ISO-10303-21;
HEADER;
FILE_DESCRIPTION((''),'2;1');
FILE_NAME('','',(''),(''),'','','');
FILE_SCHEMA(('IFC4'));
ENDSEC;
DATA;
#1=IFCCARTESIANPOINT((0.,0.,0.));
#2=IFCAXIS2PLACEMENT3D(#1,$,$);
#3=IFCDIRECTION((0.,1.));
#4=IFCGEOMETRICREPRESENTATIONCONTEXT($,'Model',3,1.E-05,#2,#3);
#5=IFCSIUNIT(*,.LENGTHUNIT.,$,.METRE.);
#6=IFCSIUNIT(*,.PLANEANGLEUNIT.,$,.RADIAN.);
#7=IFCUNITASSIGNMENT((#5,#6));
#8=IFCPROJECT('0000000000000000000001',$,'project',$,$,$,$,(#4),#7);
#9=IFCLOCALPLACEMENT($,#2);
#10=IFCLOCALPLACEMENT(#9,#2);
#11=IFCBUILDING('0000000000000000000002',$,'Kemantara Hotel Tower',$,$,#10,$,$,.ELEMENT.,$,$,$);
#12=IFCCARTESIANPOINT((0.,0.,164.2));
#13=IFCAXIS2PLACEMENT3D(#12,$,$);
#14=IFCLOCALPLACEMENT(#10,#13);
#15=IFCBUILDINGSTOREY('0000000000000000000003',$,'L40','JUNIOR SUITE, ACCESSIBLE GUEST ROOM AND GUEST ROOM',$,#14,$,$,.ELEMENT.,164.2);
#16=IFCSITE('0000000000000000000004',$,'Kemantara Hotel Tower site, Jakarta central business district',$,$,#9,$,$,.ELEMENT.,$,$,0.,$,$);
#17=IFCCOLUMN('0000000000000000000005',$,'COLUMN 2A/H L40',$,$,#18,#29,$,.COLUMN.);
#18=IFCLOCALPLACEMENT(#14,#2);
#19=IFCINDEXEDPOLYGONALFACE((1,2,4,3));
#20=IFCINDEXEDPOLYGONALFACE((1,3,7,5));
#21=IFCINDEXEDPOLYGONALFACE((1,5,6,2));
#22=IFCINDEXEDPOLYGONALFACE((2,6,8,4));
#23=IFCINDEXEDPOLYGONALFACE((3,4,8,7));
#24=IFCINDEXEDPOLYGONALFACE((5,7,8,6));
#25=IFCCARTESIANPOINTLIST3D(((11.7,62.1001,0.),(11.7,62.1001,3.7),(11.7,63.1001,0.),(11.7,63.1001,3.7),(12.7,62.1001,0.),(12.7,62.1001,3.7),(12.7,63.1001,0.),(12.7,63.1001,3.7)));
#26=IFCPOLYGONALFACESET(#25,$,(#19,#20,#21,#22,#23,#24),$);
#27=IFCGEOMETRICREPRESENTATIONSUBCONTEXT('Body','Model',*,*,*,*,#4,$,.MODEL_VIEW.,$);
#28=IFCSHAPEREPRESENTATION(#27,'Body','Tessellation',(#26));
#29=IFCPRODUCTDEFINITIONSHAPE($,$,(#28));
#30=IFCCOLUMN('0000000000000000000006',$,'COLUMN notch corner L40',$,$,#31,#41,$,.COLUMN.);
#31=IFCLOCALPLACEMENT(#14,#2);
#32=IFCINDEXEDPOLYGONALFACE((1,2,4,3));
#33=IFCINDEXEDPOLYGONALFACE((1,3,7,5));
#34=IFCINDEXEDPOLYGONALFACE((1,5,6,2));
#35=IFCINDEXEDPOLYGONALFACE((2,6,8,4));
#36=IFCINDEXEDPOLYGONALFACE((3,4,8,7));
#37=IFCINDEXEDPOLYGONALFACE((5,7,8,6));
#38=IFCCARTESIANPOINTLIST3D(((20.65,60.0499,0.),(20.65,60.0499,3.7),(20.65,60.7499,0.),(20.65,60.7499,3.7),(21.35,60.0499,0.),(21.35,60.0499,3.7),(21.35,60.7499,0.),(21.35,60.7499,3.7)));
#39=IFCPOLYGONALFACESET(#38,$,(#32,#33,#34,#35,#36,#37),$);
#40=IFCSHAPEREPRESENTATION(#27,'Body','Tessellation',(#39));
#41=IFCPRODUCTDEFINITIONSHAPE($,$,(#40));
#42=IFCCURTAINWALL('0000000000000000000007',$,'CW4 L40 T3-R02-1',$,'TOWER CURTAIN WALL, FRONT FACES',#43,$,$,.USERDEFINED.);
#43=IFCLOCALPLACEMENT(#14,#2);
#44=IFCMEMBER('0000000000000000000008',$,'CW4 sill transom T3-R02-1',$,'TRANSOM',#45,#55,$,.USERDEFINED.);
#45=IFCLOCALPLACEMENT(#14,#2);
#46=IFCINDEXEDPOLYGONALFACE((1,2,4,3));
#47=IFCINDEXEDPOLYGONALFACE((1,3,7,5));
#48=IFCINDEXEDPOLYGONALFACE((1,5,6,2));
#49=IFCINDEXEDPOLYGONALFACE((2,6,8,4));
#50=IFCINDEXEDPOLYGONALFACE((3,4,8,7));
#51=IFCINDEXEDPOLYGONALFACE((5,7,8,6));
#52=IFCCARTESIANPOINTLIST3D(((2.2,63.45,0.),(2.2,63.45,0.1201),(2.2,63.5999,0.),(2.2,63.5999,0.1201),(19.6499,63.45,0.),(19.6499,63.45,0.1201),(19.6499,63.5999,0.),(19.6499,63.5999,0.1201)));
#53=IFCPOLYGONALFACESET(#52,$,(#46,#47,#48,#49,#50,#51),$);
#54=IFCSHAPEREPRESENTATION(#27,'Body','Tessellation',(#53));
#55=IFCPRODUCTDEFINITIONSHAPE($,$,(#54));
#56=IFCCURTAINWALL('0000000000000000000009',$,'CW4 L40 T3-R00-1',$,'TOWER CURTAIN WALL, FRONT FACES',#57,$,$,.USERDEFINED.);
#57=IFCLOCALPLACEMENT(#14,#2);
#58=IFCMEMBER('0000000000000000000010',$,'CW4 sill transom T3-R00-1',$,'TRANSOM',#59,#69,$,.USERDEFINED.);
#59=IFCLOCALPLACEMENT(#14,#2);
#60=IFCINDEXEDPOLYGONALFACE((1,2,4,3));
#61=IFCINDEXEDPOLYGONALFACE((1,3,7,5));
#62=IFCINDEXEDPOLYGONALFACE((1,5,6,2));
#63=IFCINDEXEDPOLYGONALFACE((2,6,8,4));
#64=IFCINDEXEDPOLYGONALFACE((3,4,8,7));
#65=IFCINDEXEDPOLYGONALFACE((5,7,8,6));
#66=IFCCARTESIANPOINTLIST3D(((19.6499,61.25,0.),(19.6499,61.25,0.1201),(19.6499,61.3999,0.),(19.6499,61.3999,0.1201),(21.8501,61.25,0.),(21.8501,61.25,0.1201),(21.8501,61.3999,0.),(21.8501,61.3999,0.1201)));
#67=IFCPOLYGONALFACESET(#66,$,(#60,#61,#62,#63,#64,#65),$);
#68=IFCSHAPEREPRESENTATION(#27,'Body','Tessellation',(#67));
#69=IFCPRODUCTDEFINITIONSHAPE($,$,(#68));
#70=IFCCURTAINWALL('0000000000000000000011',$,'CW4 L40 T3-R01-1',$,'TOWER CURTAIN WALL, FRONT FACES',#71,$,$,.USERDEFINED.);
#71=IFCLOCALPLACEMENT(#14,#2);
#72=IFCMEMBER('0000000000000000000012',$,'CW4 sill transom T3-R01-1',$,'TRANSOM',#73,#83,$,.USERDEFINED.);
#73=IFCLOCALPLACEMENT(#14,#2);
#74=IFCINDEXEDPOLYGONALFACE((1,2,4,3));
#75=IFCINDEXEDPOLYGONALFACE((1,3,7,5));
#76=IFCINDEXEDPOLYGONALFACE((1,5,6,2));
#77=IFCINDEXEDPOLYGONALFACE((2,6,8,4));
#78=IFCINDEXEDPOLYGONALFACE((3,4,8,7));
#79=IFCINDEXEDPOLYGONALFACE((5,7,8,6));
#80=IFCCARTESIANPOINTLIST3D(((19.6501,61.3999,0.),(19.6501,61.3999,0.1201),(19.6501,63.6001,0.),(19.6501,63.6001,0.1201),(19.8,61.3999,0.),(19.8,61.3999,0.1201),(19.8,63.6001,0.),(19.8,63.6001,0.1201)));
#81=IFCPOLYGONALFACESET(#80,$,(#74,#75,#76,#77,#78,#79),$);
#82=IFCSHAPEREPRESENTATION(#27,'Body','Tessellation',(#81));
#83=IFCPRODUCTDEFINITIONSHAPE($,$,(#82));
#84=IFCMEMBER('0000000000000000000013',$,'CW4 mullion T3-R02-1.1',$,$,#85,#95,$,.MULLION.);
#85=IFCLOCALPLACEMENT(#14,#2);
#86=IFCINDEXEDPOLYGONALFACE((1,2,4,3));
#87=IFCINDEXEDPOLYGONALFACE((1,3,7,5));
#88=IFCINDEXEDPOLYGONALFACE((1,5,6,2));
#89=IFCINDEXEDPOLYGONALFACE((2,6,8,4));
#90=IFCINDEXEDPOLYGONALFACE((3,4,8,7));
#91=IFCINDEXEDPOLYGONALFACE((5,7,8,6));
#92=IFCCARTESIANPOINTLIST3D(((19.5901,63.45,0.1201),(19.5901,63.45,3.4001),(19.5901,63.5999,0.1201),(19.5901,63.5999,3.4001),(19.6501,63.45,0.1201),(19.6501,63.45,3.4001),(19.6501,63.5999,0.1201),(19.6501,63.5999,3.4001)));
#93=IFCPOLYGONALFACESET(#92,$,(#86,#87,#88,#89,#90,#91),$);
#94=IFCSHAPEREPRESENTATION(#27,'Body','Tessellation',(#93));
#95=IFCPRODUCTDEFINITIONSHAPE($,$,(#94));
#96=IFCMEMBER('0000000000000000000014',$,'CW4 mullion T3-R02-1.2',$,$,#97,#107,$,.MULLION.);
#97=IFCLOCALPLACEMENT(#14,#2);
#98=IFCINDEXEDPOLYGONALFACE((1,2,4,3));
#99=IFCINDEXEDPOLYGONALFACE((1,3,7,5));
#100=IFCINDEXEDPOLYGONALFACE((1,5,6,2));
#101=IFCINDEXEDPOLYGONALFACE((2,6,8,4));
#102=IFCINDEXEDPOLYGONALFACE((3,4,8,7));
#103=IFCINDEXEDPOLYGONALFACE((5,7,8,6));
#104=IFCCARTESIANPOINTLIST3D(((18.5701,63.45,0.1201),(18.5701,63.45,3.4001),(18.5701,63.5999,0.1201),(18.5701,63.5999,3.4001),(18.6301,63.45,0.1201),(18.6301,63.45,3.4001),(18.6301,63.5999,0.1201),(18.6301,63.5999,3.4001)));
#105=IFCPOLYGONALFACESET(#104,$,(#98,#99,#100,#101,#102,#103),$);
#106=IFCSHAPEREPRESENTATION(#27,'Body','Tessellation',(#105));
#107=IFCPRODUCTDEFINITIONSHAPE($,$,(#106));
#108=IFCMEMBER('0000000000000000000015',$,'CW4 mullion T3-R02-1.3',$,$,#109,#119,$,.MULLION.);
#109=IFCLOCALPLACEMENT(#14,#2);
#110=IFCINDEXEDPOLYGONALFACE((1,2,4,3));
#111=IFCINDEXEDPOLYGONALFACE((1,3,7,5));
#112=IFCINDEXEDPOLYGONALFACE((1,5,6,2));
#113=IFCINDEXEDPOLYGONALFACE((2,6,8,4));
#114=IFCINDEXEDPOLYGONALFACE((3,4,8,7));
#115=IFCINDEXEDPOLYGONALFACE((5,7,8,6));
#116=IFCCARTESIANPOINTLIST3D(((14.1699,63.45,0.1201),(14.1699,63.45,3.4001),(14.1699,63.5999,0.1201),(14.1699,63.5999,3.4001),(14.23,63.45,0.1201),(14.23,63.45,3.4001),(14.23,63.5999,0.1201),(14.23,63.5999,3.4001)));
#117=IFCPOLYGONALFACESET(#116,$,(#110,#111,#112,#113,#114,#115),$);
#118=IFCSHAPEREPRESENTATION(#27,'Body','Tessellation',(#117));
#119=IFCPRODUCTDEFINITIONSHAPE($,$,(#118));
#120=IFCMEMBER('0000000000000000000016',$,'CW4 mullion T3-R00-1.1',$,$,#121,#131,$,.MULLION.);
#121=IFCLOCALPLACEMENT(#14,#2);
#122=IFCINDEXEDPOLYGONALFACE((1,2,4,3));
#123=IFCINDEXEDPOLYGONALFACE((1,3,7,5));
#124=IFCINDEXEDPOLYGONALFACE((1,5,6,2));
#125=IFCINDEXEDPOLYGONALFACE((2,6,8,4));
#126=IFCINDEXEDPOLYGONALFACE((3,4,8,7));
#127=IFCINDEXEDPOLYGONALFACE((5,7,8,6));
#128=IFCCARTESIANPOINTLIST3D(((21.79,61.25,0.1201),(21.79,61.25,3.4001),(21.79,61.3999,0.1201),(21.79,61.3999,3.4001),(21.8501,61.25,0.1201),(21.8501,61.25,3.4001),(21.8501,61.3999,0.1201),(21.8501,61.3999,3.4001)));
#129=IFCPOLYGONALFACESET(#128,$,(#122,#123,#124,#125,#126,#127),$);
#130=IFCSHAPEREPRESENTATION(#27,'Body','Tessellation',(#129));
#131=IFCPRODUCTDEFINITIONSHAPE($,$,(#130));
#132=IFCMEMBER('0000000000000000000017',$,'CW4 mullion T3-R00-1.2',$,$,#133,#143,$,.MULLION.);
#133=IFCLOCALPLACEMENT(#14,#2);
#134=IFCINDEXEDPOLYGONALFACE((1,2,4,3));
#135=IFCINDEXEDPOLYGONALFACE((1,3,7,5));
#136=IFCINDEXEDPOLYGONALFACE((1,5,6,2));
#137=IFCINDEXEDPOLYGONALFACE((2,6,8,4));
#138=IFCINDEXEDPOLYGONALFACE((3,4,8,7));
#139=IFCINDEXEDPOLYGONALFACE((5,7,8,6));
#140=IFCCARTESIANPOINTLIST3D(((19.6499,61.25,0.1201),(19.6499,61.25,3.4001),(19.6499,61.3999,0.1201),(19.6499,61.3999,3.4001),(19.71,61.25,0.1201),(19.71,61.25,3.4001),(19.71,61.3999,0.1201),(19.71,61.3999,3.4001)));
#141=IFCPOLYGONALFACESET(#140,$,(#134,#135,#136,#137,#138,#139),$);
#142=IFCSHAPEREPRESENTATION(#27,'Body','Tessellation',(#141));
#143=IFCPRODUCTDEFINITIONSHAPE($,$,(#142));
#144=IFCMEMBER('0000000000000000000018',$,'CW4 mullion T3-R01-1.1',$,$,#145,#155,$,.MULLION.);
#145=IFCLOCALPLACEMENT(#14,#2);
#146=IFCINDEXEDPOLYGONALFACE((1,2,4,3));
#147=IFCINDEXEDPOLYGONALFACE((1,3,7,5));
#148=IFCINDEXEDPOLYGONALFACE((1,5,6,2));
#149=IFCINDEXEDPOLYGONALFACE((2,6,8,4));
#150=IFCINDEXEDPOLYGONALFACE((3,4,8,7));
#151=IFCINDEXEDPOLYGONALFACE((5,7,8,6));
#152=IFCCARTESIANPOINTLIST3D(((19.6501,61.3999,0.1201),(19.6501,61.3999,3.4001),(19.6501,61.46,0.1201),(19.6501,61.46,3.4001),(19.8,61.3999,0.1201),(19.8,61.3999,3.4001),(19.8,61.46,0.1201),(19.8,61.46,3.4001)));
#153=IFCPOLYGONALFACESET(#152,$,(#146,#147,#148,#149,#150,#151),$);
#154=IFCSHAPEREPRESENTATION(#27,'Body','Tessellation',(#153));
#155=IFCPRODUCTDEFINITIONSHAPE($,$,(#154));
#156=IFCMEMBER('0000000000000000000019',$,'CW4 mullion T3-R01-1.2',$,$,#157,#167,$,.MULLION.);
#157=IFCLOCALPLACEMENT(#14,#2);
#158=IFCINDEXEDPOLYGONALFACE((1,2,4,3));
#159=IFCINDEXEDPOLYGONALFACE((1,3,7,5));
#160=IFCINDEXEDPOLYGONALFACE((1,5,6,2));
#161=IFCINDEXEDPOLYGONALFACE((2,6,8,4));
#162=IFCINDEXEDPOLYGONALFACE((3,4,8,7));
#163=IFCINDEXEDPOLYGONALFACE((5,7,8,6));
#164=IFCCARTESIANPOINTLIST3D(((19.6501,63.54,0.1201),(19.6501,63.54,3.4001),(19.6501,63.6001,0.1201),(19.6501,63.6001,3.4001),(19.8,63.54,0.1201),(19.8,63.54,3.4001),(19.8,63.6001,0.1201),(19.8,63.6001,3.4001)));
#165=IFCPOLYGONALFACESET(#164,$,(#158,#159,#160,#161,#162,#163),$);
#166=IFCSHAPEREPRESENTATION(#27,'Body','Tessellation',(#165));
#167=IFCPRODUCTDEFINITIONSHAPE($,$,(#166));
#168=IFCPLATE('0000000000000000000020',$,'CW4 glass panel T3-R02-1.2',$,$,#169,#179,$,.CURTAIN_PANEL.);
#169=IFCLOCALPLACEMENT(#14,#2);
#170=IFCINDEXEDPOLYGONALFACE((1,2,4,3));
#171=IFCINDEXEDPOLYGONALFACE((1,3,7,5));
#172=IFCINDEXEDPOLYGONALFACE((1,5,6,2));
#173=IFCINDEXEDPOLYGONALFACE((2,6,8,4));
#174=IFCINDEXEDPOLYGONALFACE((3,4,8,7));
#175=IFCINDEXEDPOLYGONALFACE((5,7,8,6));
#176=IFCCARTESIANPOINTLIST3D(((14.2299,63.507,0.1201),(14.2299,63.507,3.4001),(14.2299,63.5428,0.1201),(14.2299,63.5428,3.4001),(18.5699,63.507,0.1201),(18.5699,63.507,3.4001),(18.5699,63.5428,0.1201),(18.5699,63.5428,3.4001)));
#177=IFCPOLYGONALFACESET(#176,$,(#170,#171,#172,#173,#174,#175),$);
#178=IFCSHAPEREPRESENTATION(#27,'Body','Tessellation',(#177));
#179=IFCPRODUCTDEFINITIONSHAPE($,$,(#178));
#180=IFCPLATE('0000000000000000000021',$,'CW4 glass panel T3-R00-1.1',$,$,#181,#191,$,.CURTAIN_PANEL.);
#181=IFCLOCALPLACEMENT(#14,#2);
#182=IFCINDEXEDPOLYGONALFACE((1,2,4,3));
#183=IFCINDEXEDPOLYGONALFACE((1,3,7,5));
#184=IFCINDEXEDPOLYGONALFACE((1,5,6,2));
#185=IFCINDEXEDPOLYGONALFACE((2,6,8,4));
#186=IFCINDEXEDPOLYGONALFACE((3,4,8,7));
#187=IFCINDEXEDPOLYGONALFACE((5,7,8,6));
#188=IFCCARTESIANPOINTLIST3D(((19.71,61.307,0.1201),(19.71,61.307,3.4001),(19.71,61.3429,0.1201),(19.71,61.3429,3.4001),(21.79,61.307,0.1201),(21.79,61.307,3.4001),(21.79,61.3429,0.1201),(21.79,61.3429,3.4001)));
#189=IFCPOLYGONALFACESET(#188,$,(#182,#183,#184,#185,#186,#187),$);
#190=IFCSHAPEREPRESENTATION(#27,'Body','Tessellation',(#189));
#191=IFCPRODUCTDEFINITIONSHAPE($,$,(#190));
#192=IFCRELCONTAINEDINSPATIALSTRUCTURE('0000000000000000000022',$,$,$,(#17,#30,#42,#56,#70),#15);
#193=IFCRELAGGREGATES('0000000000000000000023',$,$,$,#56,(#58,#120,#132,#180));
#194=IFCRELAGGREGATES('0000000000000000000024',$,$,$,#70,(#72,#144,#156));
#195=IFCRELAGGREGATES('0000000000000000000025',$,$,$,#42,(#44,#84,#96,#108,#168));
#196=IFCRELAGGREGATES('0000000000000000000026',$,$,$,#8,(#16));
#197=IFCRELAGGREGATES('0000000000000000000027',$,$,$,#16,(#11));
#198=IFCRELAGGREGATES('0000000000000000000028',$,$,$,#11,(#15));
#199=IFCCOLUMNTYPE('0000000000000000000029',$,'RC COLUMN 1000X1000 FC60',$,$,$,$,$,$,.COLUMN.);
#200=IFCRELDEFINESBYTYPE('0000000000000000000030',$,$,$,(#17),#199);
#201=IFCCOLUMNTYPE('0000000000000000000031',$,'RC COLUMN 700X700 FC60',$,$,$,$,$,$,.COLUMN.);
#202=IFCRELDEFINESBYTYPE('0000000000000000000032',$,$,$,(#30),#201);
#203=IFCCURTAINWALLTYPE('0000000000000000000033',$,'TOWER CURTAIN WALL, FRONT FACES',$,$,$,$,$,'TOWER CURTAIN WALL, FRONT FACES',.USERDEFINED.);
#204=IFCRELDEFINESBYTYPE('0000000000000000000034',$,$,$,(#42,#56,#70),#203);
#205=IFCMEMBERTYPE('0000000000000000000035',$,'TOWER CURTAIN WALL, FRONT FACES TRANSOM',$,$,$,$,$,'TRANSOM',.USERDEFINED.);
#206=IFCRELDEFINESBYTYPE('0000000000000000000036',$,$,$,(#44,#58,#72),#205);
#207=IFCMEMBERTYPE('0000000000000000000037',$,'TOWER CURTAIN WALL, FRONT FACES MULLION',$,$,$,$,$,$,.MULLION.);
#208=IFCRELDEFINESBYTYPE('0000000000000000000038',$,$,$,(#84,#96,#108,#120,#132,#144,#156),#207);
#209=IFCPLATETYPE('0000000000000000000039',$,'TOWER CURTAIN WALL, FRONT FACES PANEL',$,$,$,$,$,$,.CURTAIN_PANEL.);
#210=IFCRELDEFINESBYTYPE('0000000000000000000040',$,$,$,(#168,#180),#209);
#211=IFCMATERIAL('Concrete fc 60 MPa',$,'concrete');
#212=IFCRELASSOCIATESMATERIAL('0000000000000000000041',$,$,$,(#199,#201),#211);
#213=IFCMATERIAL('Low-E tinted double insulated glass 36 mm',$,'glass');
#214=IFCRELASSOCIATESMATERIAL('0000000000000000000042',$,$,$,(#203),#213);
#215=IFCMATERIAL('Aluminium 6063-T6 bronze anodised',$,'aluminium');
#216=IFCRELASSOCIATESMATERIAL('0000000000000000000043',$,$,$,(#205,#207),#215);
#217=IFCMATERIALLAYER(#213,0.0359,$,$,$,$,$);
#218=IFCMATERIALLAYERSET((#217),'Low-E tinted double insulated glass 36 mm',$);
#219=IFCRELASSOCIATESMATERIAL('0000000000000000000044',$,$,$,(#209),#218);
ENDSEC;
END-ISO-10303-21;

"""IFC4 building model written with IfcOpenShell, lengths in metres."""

from ifc_helpers import new_model, si_unit, direction, frame, origin, origin_2d, place, context, subcontext, project, spatial, rectangle, extrude, source, transform, mapped, material, layer, layer_set, material_profile, profile_set, type_object, element, aggregate, save


model = new_model("IFC4")

# Units and contexts
model_context = context("Model", 3, precision=1e-05, world=origin(), true_north=direction((0.0, 1.0)))
body_context = subcontext(model_context, "Body", "Model", "MODEL_VIEW")
ifc_project = project(units=[si_unit("LENGTHUNIT", "METRE"), si_unit("PLANEANGLEUNIT", "RADIAN")], contexts=[model_context])

# Site, building, storey
site_placement = place(None, origin())
site = spatial("IfcSite", under=ifc_project, at=site_placement, Name="Kemantara Hotel Tower site, Jakarta central business district", CompositionType="ELEMENT", RefElevation=0.0)
building_placement = place(site_placement, origin())
building = spatial("IfcBuilding", under=site, at=building_placement, Name="Kemantara Hotel Tower", CompositionType="ELEMENT")
storey_placement = place(building_placement, frame((0.0, 0.0, 164.2)))
storey = spatial("IfcBuildingStorey", under=building, at=storey_placement, Name="L40", Description="JUNIOR SUITE, ACCESSIBLE GUEST ROOM AND GUEST ROOM", CompositionType="ELEMENT", Elevation=164.2)

# Columns
ifc_material_1 = material(Name="Concrete fc 60 MPa", Category="concrete")
ifc_material_profile_1 = material_profile(ifc_material_1, rectangle(XDim=1.0, YDim=1.0, at=origin_2d()), Name="RC 1000X1000")
ifc_profile_set_1 = profile_set([ifc_material_profile_1], Name="Concrete fc 60 MPa")
column_type_1 = type_object("IfcColumnType", Name="RC COLUMN 1000X1000 FC60", PredefinedType="COLUMN", material=ifc_profile_set_1)
column_1_placement = place(storey_placement, frame((12.2, 62.6001, 0.0), z_axis=(0.0, 0.0, 1.0), x_axis=(1.0, 0.0, 0.0)))
element("IfcColumn", 1, at=column_1_placement, inside=storey, type_object=column_type_1, Name="COLUMN 2A/H L40", PredefinedType="COLUMN", context=body_context, shape_type="SweptSolid", body=[
    extrude(rectangle(XDim=1.0, YDim=1.0, at=origin_2d()), origin(), (0.0, 0.0, 1.0), 3.7),
])
ifc_material_profile_2 = material_profile(ifc_material_1, rectangle(XDim=0.7, YDim=0.7, at=origin_2d()), Name="RC 700X700")
ifc_profile_set_2 = profile_set([ifc_material_profile_2], Name="Concrete fc 60 MPa")
column_type_2 = type_object("IfcColumnType", Name="RC COLUMN 700X700 FC60", PredefinedType="COLUMN", material=ifc_profile_set_2)
column_2_placement = place(storey_placement, frame((21.0, 60.3999, 0.0), z_axis=(0.0, 0.0, 1.0), x_axis=(1.0, 0.0, 0.0)))
element("IfcColumn", 2, at=column_2_placement, inside=storey, type_object=column_type_2, Name="COLUMN notch corner L40", PredefinedType="COLUMN", context=body_context, shape_type="SweptSolid", body=[
    extrude(rectangle(XDim=0.7, YDim=0.7, at=origin_2d()), origin(), (0.0, 0.0, 1.0), 3.7),
])

# Curtain walls, members
ifc_material_2 = material(Name="Low-E tinted double insulated glass 36 mm", Category="glass")
curtain_wall_type = type_object("IfcCurtainWallType", Name="TOWER CURTAIN WALL, FRONT FACES", ElementType="TOWER CURTAIN WALL, FRONT FACES", PredefinedType="USERDEFINED", material=ifc_material_2)
curtain_wall_1_placement = place(storey_placement, origin())
curtain_wall_1 = element("IfcCurtainWall", 3, at=curtain_wall_1_placement, inside=storey, type_object=curtain_wall_type, Name="CW4 L40 T3-R02-1", ObjectType="TOWER CURTAIN WALL, FRONT FACES", PredefinedType="USERDEFINED")
ifc_material_3 = material(Name="Aluminium 6063-T6 bronze anodised", Category="aluminium")
ifc_material_profile_3 = material_profile(ifc_material_3, rectangle(XDim=0.1499, YDim=0.1201, at=origin_2d()), Name="TOWER CURTAIN WALL, FRONT FACES TRANSOM")
ifc_profile_set_3 = profile_set([ifc_material_profile_3], Name="Aluminium 6063-T6 bronze anodised")
member_type_1 = type_object("IfcMemberType", Name="TOWER CURTAIN WALL, FRONT FACES TRANSOM", ElementType="TRANSOM", PredefinedType="USERDEFINED", material=ifc_profile_set_3)
member_1_placement = place(storey_placement, frame((19.6499, 63.5249, 0.0601), z_axis=(-1.0, 0.0, 0.0), x_axis=(0.0, -1.0, 0.0)))
member_1 = element("IfcMember", 4, at=member_1_placement, type_object=member_type_1, Name="CW4 sill transom T3-R02-1", ObjectType="TRANSOM", PredefinedType="USERDEFINED", context=body_context, shape_type="SweptSolid", body=[
    extrude(rectangle(XDim=0.1499, YDim=0.1201, at=origin_2d()), origin(), (0.0, 0.0, 1.0), 17.45),
])
curtain_wall_2_placement = place(storey_placement, origin())
curtain_wall_2 = element("IfcCurtainWall", 5, at=curtain_wall_2_placement, inside=storey, type_object=curtain_wall_type, Name="CW4 L40 T3-R00-1", ObjectType="TOWER CURTAIN WALL, FRONT FACES", PredefinedType="USERDEFINED")
member_2_placement = place(storey_placement, frame((21.8501, 61.325, 0.0601), z_axis=(-1.0, 0.0, 0.0), x_axis=(0.0, -1.0, 0.0)))
member_2 = element("IfcMember", 6, at=member_2_placement, type_object=member_type_1, Name="CW4 sill transom T3-R00-1", ObjectType="TRANSOM", PredefinedType="USERDEFINED", context=body_context, shape_type="SweptSolid", body=[
    extrude(rectangle(XDim=0.1499, YDim=0.1201, at=origin_2d()), origin(), (0.0, 0.0, 1.0), 2.2002),
])
curtain_wall_3_placement = place(storey_placement, origin())
curtain_wall_3 = element("IfcCurtainWall", 7, at=curtain_wall_3_placement, inside=storey, type_object=curtain_wall_type, Name="CW4 L40 T3-R01-1", ObjectType="TOWER CURTAIN WALL, FRONT FACES", PredefinedType="USERDEFINED")
member_3_placement = place(storey_placement, frame((19.7251, 61.3999, 0.0601), z_axis=(0.0, 1.0, 0.0), x_axis=(-1.0, 0.0, 0.0)))
member_3 = element("IfcMember", 8, at=member_3_placement, type_object=member_type_1, Name="CW4 sill transom T3-R01-1", ObjectType="TRANSOM", PredefinedType="USERDEFINED", context=body_context, shape_type="SweptSolid", body=[
    extrude(rectangle(XDim=0.1499, YDim=0.1201, at=origin_2d()), origin(), (0.0, 0.0, 1.0), 2.2002),
])

# Members
ifc_material_profile_4 = material_profile(ifc_material_3, rectangle(XDim=0.1499, YDim=0.0601, at=origin_2d()), Name="TOWER CURTAIN WALL, FRONT FACES MULLION")
ifc_profile_set_4 = profile_set([ifc_material_profile_4], Name="Aluminium 6063-T6 bronze anodised")
member_type_2 = type_object("IfcMemberType", Name="TOWER CURTAIN WALL, FRONT FACES MULLION", PredefinedType="MULLION", material=ifc_profile_set_4)
shared_shape_1 = source(origin(), body_context, "Body", "SweptSolid", [
    extrude(rectangle(XDim=0.1499, YDim=0.0601, at=origin_2d()), origin(), (0.0, 0.0, 1.0), 3.28),
])
member_4_placement = place(storey_placement, frame((19.6201, 63.5249, 0.1201), z_axis=(0.0, 0.0, 1.0), x_axis=(0.0, -1.0, 0.0)))
member_4 = element("IfcMember", 9, at=member_4_placement, type_object=member_type_2, Name="CW4 mullion T3-R02-1.1", PredefinedType="MULLION", context=body_context, shape_type="MappedRepresentation", body=[
    mapped(shared_shape_1, transform((0.0, 0.0, 0.0))),
])
member_5_placement = place(storey_placement, frame((18.6001, 63.5249, 0.1201), z_axis=(0.0, 0.0, 1.0), x_axis=(0.0, -1.0, 0.0)))
member_5 = element("IfcMember", 10, at=member_5_placement, type_object=member_type_2, Name="CW4 mullion T3-R02-1.2", PredefinedType="MULLION", context=body_context, shape_type="MappedRepresentation", body=[
    mapped(shared_shape_1, transform((0.0, 0.0, 0.0))),
])
member_6_placement = place(storey_placement, frame((14.2, 63.5249, 0.1201), z_axis=(0.0, 0.0, 1.0), x_axis=(0.0, -1.0, 0.0)))
member_6 = element("IfcMember", 11, at=member_6_placement, type_object=member_type_2, Name="CW4 mullion T3-R02-1.3", PredefinedType="MULLION", context=body_context, shape_type="MappedRepresentation", body=[
    mapped(shared_shape_1, transform((0.0, 0.0, 0.0))),
])
member_7_placement = place(storey_placement, frame((21.8201, 61.325, 0.1201), z_axis=(0.0, 0.0, 1.0), x_axis=(0.0, -1.0, 0.0)))
member_7 = element("IfcMember", 12, at=member_7_placement, type_object=member_type_2, Name="CW4 mullion T3-R00-1.1", PredefinedType="MULLION", context=body_context, shape_type="MappedRepresentation", body=[
    mapped(shared_shape_1, transform((0.0, 0.0, 0.0))),
])
member_8_placement = place(storey_placement, frame((19.6799, 61.325, 0.1201), z_axis=(0.0, 0.0, 1.0), x_axis=(0.0, -1.0, 0.0)))
member_8 = element("IfcMember", 13, at=member_8_placement, type_object=member_type_2, Name="CW4 mullion T3-R00-1.2", PredefinedType="MULLION", context=body_context, shape_type="MappedRepresentation", body=[
    mapped(shared_shape_1, transform((0.0, 0.0, 0.0))),
])
member_9_placement = place(storey_placement, frame((19.7251, 61.4299, 0.1201), z_axis=(0.0, 0.0, 1.0), x_axis=(-1.0, 0.0, 0.0)))
member_9 = element("IfcMember", 14, at=member_9_placement, type_object=member_type_2, Name="CW4 mullion T3-R01-1.1", PredefinedType="MULLION", context=body_context, shape_type="MappedRepresentation", body=[
    mapped(shared_shape_1, transform((0.0, 0.0, 0.0))),
])
member_10_placement = place(storey_placement, frame((19.7251, 63.5701, 0.1201), z_axis=(0.0, 0.0, 1.0), x_axis=(-1.0, 0.0, 0.0)))
member_10 = element("IfcMember", 15, at=member_10_placement, type_object=member_type_2, Name="CW4 mullion T3-R01-1.2", PredefinedType="MULLION", context=body_context, shape_type="MappedRepresentation", body=[
    mapped(shared_shape_1, transform((0.0, 0.0, 0.0))),
])

# Plates
ifc_layer_1 = layer(ifc_material_2, 0.0359)
ifc_layer_set_1 = layer_set([ifc_layer_1], Name="Low-E tinted double insulated glass 36 mm")
plate_type = type_object("IfcPlateType", Name="TOWER CURTAIN WALL, FRONT FACES PANEL", PredefinedType="CURTAIN_PANEL", material=ifc_layer_set_1)
shared_shape_2 = source(origin(), body_context, "Body", "SweptSolid", [
    extrude(rectangle(XDim=4.3401, YDim=0.0359, at=origin_2d()), origin(), (0.0, 0.0, 1.0), 3.28),
])
plate_1_placement = place(storey_placement, frame((16.3999, 63.5249, 0.1201), z_axis=(0.0, 0.0, 1.0), x_axis=(-1.0, 0.0, 0.0)))
plate_1 = element("IfcPlate", 16, at=plate_1_placement, type_object=plate_type, Name="CW4 glass panel T3-R02-1.2", PredefinedType="CURTAIN_PANEL", context=body_context, shape_type="MappedRepresentation", body=[
    mapped(shared_shape_2, transform((0.0, 0.0, 0.0))),
])
shared_shape_3 = source(origin(), body_context, "Body", "SweptSolid", [
    extrude(rectangle(XDim=2.0801, YDim=0.0359, at=origin_2d()), origin(), (0.0, 0.0, 1.0), 3.28),
])
plate_2_placement = place(storey_placement, frame((20.75, 61.325, 0.1201), z_axis=(0.0, 0.0, 1.0), x_axis=(-1.0, 0.0, 0.0)))
plate_2 = element("IfcPlate", 17, at=plate_2_placement, type_object=plate_type, Name="CW4 glass panel T3-R00-1.1", PredefinedType="CURTAIN_PANEL", context=body_context, shape_type="MappedRepresentation", body=[
    mapped(shared_shape_3, transform((0.0, 0.0, 0.0))),
])
aggregate(curtain_wall_2, [member_2, member_7, member_8, plate_2])
aggregate(curtain_wall_3, [member_3, member_9, member_10])
aggregate(curtain_wall_1, [member_1, member_4, member_5, member_6, plate_1])

save(model, "model.ifc")
